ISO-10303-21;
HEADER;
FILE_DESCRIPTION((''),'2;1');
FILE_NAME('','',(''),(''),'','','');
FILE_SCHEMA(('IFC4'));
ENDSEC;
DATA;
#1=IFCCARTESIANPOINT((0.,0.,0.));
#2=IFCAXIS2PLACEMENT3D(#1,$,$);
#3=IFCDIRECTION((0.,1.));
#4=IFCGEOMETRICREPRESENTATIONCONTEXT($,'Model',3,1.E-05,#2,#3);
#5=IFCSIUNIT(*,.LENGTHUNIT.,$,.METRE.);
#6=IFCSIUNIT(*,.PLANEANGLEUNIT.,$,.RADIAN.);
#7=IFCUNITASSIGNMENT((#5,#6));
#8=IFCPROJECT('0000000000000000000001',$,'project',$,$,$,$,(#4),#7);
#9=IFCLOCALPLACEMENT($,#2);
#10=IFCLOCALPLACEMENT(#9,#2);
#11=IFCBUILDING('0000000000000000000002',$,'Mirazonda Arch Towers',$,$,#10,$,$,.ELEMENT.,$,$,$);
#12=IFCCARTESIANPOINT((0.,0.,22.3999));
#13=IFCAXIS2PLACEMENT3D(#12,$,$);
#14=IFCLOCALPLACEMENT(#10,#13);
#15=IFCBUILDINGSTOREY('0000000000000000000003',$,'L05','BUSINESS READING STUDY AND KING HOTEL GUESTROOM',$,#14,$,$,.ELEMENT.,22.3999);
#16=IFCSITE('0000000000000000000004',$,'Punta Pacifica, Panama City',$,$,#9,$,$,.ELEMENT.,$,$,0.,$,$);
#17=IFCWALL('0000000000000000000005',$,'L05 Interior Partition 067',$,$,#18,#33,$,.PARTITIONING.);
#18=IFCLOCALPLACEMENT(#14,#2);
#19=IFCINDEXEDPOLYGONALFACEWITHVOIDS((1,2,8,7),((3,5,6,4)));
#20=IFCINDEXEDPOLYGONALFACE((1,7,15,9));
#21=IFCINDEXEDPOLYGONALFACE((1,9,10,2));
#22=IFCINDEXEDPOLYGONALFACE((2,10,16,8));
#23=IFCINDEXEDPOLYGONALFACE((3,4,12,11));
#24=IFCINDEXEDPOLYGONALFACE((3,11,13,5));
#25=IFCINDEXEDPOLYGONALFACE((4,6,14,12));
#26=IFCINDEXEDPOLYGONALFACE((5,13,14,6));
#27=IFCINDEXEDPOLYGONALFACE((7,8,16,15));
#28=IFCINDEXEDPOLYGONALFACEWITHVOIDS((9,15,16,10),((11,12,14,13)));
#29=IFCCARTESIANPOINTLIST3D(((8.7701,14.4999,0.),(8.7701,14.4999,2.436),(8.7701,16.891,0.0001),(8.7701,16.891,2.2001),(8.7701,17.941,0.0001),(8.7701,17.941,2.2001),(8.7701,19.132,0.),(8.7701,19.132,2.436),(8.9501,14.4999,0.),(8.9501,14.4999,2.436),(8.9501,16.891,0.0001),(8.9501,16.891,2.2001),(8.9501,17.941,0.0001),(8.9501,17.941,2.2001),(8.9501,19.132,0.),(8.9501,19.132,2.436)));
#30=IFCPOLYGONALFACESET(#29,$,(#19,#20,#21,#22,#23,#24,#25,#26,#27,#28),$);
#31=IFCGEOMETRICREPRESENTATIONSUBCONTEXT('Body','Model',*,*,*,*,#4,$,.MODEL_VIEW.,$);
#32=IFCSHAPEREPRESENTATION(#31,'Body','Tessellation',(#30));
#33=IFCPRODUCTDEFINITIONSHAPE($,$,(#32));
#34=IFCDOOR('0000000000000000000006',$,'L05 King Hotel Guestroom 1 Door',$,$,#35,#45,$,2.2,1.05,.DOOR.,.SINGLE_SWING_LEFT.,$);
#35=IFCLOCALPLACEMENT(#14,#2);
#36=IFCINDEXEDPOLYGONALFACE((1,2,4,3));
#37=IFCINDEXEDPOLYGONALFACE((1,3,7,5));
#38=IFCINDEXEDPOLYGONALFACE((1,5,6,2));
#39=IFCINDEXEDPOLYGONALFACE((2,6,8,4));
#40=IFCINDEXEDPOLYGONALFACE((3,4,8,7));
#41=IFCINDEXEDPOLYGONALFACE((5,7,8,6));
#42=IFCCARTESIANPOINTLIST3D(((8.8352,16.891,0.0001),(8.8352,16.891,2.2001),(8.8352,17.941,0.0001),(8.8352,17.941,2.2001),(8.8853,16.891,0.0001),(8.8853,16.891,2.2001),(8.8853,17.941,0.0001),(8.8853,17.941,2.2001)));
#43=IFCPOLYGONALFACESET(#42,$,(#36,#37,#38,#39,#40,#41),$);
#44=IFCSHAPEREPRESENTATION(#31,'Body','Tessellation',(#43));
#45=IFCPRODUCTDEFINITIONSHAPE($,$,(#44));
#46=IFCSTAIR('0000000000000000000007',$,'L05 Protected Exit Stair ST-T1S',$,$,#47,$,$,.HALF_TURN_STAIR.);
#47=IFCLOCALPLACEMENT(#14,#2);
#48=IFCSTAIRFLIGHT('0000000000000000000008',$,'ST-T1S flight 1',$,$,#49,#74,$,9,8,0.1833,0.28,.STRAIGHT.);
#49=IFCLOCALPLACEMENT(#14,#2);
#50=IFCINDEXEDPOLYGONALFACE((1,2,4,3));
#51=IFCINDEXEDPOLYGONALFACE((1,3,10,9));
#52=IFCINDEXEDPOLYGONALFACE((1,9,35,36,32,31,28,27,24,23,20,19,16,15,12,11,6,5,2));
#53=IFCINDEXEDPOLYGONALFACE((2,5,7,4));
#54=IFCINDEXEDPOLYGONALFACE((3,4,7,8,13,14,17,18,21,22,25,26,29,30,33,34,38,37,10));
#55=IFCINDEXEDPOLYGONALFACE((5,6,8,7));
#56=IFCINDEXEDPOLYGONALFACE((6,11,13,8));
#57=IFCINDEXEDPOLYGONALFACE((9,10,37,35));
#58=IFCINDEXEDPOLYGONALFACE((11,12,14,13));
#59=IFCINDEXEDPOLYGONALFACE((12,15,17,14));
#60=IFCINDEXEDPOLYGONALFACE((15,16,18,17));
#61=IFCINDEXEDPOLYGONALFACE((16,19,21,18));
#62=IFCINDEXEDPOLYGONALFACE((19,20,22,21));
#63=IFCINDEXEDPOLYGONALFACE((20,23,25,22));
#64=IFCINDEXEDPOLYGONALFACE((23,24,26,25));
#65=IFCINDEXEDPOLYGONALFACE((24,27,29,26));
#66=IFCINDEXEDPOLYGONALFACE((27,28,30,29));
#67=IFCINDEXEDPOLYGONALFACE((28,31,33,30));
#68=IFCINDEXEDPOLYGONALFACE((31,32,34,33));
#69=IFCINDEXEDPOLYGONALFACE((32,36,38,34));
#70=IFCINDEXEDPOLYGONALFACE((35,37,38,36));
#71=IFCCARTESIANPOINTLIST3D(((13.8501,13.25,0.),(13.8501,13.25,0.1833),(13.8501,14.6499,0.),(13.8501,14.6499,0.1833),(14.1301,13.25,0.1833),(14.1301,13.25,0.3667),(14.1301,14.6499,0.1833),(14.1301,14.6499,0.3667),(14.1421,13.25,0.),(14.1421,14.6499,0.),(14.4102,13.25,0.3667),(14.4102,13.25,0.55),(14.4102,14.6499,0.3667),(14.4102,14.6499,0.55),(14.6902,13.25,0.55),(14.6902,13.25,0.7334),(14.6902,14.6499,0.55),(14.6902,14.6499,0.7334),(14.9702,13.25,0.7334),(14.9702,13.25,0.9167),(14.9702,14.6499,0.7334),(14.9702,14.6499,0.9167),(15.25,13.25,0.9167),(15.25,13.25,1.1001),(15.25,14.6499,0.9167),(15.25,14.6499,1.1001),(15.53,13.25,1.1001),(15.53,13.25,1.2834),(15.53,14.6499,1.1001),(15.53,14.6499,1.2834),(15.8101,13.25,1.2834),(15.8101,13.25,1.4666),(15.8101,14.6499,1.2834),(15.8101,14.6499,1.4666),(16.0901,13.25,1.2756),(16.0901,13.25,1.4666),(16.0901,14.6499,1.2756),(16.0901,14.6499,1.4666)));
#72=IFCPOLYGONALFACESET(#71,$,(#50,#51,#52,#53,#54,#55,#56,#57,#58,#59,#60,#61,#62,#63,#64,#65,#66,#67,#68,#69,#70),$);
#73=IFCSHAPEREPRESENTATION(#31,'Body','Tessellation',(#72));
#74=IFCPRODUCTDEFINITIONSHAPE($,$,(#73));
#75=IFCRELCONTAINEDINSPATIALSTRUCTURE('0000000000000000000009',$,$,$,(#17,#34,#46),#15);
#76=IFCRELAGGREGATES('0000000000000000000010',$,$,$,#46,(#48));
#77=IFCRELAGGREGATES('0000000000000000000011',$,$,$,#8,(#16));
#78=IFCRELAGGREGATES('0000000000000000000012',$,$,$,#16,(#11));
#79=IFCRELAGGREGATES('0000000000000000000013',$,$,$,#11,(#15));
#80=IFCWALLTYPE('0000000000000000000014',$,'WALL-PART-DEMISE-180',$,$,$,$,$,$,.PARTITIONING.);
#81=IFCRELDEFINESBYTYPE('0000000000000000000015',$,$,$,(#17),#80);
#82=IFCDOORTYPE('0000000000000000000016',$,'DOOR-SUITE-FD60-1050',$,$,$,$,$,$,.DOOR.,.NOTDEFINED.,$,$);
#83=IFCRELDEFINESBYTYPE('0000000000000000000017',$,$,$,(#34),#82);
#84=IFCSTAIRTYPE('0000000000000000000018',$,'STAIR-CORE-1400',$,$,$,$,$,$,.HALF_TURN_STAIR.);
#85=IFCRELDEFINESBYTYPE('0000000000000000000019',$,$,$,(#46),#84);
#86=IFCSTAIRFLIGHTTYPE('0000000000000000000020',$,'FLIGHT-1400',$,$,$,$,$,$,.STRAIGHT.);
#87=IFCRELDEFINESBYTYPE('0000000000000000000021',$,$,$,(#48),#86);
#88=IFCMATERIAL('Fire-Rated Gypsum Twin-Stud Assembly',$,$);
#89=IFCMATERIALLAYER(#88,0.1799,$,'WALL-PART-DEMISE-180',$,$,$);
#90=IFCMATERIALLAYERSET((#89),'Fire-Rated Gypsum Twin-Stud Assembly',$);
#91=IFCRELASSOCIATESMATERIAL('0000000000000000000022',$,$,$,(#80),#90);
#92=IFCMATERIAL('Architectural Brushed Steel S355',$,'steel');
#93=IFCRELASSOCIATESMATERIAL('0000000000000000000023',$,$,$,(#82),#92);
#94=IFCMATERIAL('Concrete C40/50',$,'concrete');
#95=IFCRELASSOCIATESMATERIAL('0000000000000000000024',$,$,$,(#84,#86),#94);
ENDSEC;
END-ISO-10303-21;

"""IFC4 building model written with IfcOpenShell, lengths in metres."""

from ifc_helpers import new_model, si_unit, direction, frame, frame_2d, origin, place, context, subcontext, project, spatial, polyline, rectangle, outline, extrude, material, layer, layer_set, type_object, element, fill, aggregate, save


model = new_model("IFC4")

# Units and contexts
model_context = context("Model", 3, precision=1e-05, world=origin(), true_north=direction((0.0, 1.0)))
body_context = subcontext(model_context, "Body", "Model", "MODEL_VIEW")
ifc_project = project(units=[si_unit("LENGTHUNIT", "METRE"), si_unit("PLANEANGLEUNIT", "RADIAN")], contexts=[model_context])

# Site, building, storey
site_placement = place(None, origin())
site = spatial("IfcSite", under=ifc_project, at=site_placement, Name="Punta Pacifica, Panama City", CompositionType="ELEMENT", RefElevation=0.0)
building_placement = place(site_placement, origin())
building = spatial("IfcBuilding", under=site, at=building_placement, Name="Mirazonda Arch Towers", CompositionType="ELEMENT")
storey_placement = place(building_placement, frame((0.0, 0.0, 22.3999)))
storey = spatial("IfcBuildingStorey", under=building, at=storey_placement, Name="L05", Description="BUSINESS READING STUDY AND KING HOTEL GUESTROOM", CompositionType="ELEMENT", Elevation=22.3999)

# Shared definitions
ifc_material_1 = material(Name="Fire-Rated Gypsum Twin-Stud Assembly")
ifc_layer_1 = layer(ifc_material_1, 0.1799, Name="WALL-PART-DEMISE-180")
ifc_layer_set_1 = layer_set([ifc_layer_1], Name="Fire-Rated Gypsum Twin-Stud Assembly")
wall_type_1 = type_object("IfcWallType", Name="WALL-PART-DEMISE-180", PredefinedType="PARTITIONING", material=ifc_layer_set_1)

# Wall, opening, door
wall_1_placement = place(storey_placement, frame((8.8601, 14.5, 0.0), z_axis=(0.0, 0.0, 1.0), x_axis=(0.0, 1.0, 0.0)))
wall_1 = element("IfcWall", 1, at=wall_1_placement, inside=storey, type_object=wall_type_1, Name="L05 Interior Partition 067", PredefinedType="PARTITIONING", context=body_context, shape_type="SweptSolid", body=[
    extrude(rectangle(XDim=4.6321, YDim=0.1799, at=frame_2d((2.3159, 0.0))), origin(), (0.0, 0.0, 1.0), 2.436),
])
opening_1_placement = place(wall_1_placement, frame((2.3911, 0.0, 0.0)))
opening_1 = element("IfcOpeningElement", 2, at=opening_1_placement, cuts=wall_1, PredefinedType="OPENING", context=body_context, shape_type="SweptSolid", body=[
    extrude(rectangle(XDim=1.05, YDim=2.2, at=frame_2d((0.5249, 1.1001))), frame((0.0, 0.0999, 0.0), z_axis=(0.0, -1.0, 0.0), x_axis=(1.0, 0.0, 0.0)), (0.0, 0.0, 1.0), 0.2),
])
ifc_material_2 = material(Name="Architectural Brushed Steel S355", Category="steel")
door_type = type_object("IfcDoorType", Name="DOOR-SUITE-FD60-1050", OperationType="NOTDEFINED", PredefinedType="DOOR", material=ifc_material_2)
door_placement = place(opening_1_placement, origin())
door = element("IfcDoor", 3, at=door_placement, inside=storey, type_object=door_type, Name="L05 King Hotel Guestroom 1 Door", OperationType="SINGLE_SWING_LEFT", OverallHeight=2.2, OverallWidth=1.05, PredefinedType="DOOR", context=body_context, shape_type="SweptSolid", body=[
    extrude(rectangle(XDim=1.05, YDim=2.2, at=frame_2d((0.5249, 1.1001))), frame((0.0, 0.0249, 0.0), z_axis=(0.0, -1.0, 0.0), x_axis=(1.0, 0.0, 0.0)), (0.0, 0.0, 1.0), 0.05),
])
fill(opening_1, door)

# Stair, stair flight
ifc_material_3 = material(Name="Concrete C40/50", Category="concrete")
stair_type = type_object("IfcStairType", Name="STAIR-CORE-1400", PredefinedType="HALF_TURN_STAIR", material=ifc_material_3)
stair_placement = place(storey_placement, origin())
stair = element("IfcStair", 4, at=stair_placement, inside=storey, type_object=stair_type, Name="L05 Protected Exit Stair ST-T1S", PredefinedType="HALF_TURN_STAIR")
stair_flight_type = type_object("IfcStairFlightType", Name="FLIGHT-1400", PredefinedType="STRAIGHT", material=ifc_material_3)
stair_flight_placement = place(storey_placement, frame((13.8501, 13.95, 0.0), z_axis=(0.0, 0.0, 1.0), x_axis=(1.0, 0.0, 0.0)))
stair_flight = element("IfcStairFlight", 5, at=stair_flight_placement, type_object=stair_flight_type, Name="ST-T1S flight 1", NumberOfRisers=9, NumberOfTreads=8, PredefinedType="STRAIGHT", RiserHeight=0.1833, TreadLength=0.28, context=body_context, shape_type="SweptSolid", body=[
    extrude(outline(polyline([(0.0, 0.0), (0.0, 0.1833), (0.28, 0.1833), (0.28, 0.3667), (0.5601, 0.3667), (0.5601, 0.55), (0.8401, 0.55), (0.8401, 0.7334), (1.1201, 0.7334), (1.1201, 0.9167), (1.3999, 0.9167), (1.3999, 1.1001), (1.6799, 1.1001), (1.6799, 1.2834), (1.96, 1.2834), (1.96, 1.4666), (2.24, 1.4666), (2.24, 1.6499), (2.24, 1.2756), (0.292, 0.0), (0.0, 0.0)])), frame((0.0, 0.7, 0.0), z_axis=(0.0, -1.0, 0.0), x_axis=(1.0, 0.0, 0.0)), (0.0, 0.0, 1.0), 1.3999),
])
aggregate(stair, [stair_flight])

save(model, "model.ifc")
